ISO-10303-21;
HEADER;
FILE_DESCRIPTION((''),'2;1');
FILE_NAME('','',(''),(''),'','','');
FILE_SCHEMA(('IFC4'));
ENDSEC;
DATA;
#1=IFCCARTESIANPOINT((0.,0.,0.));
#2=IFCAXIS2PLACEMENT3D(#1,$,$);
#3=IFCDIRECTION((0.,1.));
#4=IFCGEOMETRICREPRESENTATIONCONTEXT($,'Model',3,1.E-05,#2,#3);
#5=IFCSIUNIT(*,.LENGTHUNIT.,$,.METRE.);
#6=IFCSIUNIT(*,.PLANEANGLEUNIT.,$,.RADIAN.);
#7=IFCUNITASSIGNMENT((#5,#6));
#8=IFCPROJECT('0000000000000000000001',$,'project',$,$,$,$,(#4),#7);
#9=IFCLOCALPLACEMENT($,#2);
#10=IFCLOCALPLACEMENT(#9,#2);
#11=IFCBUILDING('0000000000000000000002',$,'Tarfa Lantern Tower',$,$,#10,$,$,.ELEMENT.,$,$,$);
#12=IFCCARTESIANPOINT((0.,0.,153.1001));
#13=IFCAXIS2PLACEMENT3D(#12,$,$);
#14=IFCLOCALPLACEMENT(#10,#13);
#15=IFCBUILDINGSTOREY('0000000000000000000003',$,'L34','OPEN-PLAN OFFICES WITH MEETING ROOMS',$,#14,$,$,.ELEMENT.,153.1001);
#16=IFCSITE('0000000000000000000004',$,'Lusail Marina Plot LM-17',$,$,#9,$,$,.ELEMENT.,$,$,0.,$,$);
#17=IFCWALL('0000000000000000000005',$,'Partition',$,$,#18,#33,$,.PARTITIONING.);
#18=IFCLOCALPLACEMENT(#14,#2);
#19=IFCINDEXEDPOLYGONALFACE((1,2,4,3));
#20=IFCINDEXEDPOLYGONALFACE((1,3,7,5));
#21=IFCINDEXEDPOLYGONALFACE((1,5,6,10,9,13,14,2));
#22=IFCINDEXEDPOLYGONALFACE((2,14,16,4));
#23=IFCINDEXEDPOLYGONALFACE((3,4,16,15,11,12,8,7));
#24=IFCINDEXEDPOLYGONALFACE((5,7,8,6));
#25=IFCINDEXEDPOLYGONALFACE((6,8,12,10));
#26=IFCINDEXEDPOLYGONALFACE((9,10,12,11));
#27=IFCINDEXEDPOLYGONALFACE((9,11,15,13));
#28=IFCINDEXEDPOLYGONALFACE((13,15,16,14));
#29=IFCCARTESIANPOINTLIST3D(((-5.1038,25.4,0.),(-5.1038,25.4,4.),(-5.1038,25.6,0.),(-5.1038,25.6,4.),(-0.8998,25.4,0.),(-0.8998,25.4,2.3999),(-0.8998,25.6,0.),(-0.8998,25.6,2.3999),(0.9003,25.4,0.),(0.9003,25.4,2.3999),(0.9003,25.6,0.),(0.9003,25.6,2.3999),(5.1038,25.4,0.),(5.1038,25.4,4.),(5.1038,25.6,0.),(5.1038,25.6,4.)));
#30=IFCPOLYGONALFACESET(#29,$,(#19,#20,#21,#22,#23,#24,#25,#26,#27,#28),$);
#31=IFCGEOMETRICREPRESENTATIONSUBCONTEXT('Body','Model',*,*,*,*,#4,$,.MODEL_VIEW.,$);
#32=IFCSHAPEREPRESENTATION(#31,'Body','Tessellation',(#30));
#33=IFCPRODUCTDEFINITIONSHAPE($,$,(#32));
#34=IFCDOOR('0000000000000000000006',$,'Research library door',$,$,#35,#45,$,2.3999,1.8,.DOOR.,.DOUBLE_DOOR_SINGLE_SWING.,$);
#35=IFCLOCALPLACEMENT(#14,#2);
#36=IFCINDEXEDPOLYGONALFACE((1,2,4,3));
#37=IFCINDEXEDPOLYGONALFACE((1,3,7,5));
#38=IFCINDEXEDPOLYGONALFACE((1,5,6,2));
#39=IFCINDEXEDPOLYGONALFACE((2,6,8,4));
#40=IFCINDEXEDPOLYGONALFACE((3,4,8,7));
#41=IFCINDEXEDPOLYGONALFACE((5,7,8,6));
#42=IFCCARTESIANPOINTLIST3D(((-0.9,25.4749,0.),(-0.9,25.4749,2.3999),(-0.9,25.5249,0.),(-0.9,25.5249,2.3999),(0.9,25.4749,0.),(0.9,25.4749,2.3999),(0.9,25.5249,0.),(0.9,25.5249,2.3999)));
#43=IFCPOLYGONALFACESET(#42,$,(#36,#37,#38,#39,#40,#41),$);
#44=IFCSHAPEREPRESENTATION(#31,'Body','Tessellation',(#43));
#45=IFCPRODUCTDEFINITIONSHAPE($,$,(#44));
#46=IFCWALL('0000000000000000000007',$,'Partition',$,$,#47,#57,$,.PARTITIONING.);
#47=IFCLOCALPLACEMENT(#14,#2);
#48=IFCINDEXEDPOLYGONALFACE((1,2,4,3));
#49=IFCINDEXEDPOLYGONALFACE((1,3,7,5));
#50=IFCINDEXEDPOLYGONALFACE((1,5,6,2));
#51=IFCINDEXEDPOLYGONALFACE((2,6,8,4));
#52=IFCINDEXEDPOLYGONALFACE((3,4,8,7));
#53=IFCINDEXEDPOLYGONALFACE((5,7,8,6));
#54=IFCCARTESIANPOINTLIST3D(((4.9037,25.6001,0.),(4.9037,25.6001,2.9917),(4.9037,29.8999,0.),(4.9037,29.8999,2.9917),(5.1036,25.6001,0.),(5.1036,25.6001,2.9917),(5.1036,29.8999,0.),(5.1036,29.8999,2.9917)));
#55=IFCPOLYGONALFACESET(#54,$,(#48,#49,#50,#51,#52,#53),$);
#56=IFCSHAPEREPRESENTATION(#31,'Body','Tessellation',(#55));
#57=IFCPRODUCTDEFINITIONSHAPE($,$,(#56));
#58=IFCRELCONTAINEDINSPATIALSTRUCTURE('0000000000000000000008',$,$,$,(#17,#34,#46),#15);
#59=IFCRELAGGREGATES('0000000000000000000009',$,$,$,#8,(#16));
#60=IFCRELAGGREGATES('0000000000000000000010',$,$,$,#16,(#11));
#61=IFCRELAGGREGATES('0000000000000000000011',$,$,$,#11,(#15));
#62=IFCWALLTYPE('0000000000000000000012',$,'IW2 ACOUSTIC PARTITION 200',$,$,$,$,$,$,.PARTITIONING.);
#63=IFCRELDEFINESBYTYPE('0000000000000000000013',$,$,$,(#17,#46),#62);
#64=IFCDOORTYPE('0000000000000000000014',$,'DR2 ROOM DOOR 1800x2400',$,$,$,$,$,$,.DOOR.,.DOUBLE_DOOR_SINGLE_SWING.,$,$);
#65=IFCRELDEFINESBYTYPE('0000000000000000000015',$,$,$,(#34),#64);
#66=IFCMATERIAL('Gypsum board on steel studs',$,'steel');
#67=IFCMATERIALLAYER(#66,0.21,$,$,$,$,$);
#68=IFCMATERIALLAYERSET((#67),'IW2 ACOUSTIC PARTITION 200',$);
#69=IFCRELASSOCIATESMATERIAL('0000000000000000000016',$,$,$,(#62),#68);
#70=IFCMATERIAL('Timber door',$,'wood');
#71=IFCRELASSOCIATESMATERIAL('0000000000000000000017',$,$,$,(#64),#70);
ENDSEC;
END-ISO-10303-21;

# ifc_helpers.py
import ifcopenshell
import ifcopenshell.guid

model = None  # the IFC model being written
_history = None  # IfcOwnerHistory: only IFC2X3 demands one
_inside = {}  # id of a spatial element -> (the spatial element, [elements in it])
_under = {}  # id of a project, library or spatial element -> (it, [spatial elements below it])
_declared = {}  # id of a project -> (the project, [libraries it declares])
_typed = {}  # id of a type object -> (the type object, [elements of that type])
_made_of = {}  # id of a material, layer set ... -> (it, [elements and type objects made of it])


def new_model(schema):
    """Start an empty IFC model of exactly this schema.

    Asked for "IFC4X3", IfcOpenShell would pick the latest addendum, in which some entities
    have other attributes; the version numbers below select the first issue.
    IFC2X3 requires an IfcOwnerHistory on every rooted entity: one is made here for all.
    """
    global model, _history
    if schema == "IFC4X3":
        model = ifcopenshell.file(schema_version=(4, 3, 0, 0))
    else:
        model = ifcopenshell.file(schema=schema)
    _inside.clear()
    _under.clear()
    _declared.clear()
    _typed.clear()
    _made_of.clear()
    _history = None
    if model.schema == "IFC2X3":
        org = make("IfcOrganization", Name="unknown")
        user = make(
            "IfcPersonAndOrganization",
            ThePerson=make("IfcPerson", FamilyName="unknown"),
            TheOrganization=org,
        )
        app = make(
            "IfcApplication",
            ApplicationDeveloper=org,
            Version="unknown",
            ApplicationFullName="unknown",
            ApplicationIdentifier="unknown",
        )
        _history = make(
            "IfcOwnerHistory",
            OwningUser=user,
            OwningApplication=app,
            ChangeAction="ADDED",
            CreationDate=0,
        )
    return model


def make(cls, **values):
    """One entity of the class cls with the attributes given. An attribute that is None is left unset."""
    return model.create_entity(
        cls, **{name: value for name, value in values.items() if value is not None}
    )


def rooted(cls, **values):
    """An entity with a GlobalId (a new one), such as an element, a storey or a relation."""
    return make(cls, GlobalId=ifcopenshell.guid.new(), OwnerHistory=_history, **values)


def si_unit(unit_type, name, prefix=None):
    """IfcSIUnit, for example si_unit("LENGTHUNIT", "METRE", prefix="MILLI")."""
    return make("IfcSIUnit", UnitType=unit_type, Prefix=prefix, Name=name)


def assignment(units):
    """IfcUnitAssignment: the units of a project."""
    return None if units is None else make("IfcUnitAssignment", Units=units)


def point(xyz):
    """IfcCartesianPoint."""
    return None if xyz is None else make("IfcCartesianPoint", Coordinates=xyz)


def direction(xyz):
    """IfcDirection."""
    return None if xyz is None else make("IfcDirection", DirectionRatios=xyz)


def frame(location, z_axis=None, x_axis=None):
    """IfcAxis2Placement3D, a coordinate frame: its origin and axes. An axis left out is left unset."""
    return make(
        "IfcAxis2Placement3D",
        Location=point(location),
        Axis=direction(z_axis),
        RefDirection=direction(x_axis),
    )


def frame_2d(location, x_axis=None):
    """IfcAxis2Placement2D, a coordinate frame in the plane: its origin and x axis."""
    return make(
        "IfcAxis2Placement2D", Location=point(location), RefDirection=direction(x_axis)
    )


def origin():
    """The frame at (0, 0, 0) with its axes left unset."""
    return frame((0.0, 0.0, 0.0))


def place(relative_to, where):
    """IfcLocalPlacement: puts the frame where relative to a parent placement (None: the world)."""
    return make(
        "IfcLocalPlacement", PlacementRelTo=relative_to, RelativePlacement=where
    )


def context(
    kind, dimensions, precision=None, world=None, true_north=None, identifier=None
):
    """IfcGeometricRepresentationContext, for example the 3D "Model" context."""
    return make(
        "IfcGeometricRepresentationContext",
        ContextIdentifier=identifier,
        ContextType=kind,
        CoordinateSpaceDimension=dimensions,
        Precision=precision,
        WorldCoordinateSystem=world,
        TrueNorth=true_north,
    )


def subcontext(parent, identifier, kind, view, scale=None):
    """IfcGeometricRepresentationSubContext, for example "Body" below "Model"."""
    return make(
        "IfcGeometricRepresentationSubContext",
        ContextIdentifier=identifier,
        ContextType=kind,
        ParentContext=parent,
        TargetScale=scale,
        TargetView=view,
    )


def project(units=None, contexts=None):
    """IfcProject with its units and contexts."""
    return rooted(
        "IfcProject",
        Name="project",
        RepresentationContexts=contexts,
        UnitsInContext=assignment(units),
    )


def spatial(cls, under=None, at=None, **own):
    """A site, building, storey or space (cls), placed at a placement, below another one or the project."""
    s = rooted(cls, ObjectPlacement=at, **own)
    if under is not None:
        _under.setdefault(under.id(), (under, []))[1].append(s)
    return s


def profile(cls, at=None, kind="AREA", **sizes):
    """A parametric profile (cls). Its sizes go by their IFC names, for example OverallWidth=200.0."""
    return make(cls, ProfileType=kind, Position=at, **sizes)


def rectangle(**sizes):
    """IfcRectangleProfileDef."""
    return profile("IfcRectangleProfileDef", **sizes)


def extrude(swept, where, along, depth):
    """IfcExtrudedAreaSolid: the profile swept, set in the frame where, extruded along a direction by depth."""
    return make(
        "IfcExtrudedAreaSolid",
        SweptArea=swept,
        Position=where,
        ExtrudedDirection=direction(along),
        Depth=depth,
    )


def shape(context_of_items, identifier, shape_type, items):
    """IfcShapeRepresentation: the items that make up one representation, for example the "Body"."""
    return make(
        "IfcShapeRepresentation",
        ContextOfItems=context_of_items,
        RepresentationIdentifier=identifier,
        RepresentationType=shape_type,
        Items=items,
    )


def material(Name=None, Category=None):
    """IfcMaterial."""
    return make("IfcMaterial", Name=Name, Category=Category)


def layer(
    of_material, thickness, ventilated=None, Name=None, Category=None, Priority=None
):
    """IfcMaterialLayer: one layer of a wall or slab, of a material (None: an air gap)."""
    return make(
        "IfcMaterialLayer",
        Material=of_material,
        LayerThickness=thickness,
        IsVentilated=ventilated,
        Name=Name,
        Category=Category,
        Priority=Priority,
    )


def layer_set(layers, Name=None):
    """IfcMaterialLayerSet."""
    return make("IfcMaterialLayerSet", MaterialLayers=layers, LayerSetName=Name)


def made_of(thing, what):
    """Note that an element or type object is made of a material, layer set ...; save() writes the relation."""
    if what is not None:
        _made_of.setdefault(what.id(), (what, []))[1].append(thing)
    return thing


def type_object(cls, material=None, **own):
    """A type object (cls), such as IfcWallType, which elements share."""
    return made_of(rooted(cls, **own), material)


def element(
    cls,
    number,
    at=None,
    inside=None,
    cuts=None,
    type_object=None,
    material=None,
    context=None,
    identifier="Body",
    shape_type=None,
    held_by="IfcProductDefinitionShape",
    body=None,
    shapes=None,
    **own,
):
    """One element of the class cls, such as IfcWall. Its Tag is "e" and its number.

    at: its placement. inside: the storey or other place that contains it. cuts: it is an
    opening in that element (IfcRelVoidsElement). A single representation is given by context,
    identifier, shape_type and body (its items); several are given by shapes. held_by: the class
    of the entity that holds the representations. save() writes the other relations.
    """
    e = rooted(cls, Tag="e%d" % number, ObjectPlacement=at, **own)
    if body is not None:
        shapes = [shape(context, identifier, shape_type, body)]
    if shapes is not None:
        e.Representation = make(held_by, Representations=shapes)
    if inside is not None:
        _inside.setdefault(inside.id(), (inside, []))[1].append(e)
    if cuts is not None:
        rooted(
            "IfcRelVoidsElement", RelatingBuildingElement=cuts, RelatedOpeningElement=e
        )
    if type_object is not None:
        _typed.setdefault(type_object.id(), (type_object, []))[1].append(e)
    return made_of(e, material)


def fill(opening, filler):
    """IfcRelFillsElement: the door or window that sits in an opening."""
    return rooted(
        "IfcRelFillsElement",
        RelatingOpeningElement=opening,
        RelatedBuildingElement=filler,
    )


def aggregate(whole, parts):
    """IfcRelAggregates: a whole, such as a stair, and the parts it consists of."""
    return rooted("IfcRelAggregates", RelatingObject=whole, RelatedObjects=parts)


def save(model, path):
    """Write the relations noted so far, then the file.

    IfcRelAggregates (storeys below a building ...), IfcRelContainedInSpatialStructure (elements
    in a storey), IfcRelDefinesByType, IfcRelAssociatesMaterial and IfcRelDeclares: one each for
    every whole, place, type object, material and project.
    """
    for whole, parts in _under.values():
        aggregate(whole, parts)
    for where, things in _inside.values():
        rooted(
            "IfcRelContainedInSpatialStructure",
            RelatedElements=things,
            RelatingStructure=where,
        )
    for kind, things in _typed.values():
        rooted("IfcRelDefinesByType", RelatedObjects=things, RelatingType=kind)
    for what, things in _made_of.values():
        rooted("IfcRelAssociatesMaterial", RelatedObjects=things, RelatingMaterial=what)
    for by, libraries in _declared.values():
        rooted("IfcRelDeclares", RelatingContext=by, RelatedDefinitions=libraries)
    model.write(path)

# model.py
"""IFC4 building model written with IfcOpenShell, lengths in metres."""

from ifc_helpers import new_model, si_unit, direction, frame, frame_2d, origin, place, context, subcontext, project, spatial, rectangle, extrude, material, layer, layer_set, type_object, element, fill, save


model = new_model("IFC4")

# Units and contexts
model_context = context("Model", 3, precision=1e-05, world=origin(), true_north=direction((0.0, 1.0)))
body_context = subcontext(model_context, "Body", "Model", "MODEL_VIEW")
ifc_project = project(units=[si_unit("LENGTHUNIT", "METRE"), si_unit("PLANEANGLEUNIT", "RADIAN")], contexts=[model_context])

# Site, building, storey
site_placement = place(None, origin())
site = spatial("IfcSite", under=ifc_project, at=site_placement, Name="Lusail Marina Plot LM-17", CompositionType="ELEMENT", RefElevation=0.0)
building_placement = place(site_placement, origin())
building = spatial("IfcBuilding", under=site, at=building_placement, Name="Tarfa Lantern Tower", CompositionType="ELEMENT")
storey_placement = place(building_placement, frame((0.0, 0.0, 153.1001)))
storey = spatial("IfcBuildingStorey", under=building, at=storey_placement, Name="L34", Description="OPEN-PLAN OFFICES WITH MEETING ROOMS", CompositionType="ELEMENT", Elevation=153.1001)

# Shared definitions
ifc_material_1 = material(Name="Gypsum board on steel studs", Category="steel")
ifc_layer_1 = layer(ifc_material_1, 0.21)
ifc_layer_set_1 = layer_set([ifc_layer_1], Name="IW2 ACOUSTIC PARTITION 200")
wall_type_1 = type_object("IfcWallType", Name="IW2 ACOUSTIC PARTITION 200", PredefinedType="PARTITIONING", material=ifc_layer_set_1)

# Wall, opening, door
wall_1_placement = place(storey_placement, frame((5.1038, 25.5, 0.0), z_axis=(0.0, 0.0, 1.0), x_axis=(-1.0, 0.0, 0.0)))
wall_1 = element("IfcWall", 1, at=wall_1_placement, inside=storey, type_object=wall_type_1, Name="Partition", PredefinedType="PARTITIONING", context=body_context, shape_type="SweptSolid", body=[
    extrude(rectangle(XDim=10.2075, YDim=0.2, at=frame_2d((5.1038, 0.0))), origin(), (0.0, 0.0, 1.0), 4.0),
])
opening_1_placement = place(wall_1_placement, frame((4.2036, 0.0, 0.0)))
opening_1 = element("IfcOpeningElement", 2, at=opening_1_placement, cuts=wall_1, PredefinedType="OPENING", context=body_context, shape_type="SweptSolid", body=[
    extrude(rectangle(XDim=1.8, YDim=2.3999, at=frame_2d((0.8999, 1.2))), frame((0.0, 0.1099, 0.0), z_axis=(0.0, -1.0, 0.0), x_axis=(1.0, 0.0, 0.0)), (0.0, 0.0, 1.0), 0.22),
])
ifc_material_2 = material(Name="Timber door", Category="wood")
door_type_1 = type_object("IfcDoorType", Name="DR2 ROOM DOOR 1800x2400", OperationType="DOUBLE_DOOR_SINGLE_SWING", PredefinedType="DOOR", material=ifc_material_2)
door_1_placement = place(opening_1_placement, frame((1.8, 0.0, 0.0), z_axis=(0.0, 0.0, 1.0), x_axis=(-1.0, 0.0, 0.0)))
door_1 = element("IfcDoor", 3, at=door_1_placement, inside=storey, type_object=door_type_1, Name="Research library door", OperationType="DOUBLE_DOOR_SINGLE_SWING", OverallHeight=2.3999, OverallWidth=1.8, PredefinedType="DOOR", context=body_context, shape_type="SweptSolid", body=[
    extrude(rectangle(XDim=1.8, YDim=2.3999, at=frame_2d((0.8999, 1.2))), frame((0.0, 0.0249, 0.0), z_axis=(0.0, -1.0, 0.0), x_axis=(1.0, 0.0, 0.0)), (0.0, 0.0, 1.0), 0.05),
])
fill(opening_1, door_1)

# Wall
wall_2_placement = place(storey_placement, frame((5.0037, 25.6001, 0.0), z_axis=(0.0, 0.0, 1.0), x_axis=(0.0, 1.0, 0.0)))
element("IfcWall", 4, at=wall_2_placement, inside=storey, type_object=wall_type_1, Name="Partition", PredefinedType="PARTITIONING", context=body_context, shape_type="SweptSolid", body=[
    extrude(rectangle(XDim=4.2998, YDim=0.2, at=frame_2d((2.1499, 0.0))), origin(), (0.0, 0.0, 1.0), 2.9917),
])

save(model, "model.ifc")
